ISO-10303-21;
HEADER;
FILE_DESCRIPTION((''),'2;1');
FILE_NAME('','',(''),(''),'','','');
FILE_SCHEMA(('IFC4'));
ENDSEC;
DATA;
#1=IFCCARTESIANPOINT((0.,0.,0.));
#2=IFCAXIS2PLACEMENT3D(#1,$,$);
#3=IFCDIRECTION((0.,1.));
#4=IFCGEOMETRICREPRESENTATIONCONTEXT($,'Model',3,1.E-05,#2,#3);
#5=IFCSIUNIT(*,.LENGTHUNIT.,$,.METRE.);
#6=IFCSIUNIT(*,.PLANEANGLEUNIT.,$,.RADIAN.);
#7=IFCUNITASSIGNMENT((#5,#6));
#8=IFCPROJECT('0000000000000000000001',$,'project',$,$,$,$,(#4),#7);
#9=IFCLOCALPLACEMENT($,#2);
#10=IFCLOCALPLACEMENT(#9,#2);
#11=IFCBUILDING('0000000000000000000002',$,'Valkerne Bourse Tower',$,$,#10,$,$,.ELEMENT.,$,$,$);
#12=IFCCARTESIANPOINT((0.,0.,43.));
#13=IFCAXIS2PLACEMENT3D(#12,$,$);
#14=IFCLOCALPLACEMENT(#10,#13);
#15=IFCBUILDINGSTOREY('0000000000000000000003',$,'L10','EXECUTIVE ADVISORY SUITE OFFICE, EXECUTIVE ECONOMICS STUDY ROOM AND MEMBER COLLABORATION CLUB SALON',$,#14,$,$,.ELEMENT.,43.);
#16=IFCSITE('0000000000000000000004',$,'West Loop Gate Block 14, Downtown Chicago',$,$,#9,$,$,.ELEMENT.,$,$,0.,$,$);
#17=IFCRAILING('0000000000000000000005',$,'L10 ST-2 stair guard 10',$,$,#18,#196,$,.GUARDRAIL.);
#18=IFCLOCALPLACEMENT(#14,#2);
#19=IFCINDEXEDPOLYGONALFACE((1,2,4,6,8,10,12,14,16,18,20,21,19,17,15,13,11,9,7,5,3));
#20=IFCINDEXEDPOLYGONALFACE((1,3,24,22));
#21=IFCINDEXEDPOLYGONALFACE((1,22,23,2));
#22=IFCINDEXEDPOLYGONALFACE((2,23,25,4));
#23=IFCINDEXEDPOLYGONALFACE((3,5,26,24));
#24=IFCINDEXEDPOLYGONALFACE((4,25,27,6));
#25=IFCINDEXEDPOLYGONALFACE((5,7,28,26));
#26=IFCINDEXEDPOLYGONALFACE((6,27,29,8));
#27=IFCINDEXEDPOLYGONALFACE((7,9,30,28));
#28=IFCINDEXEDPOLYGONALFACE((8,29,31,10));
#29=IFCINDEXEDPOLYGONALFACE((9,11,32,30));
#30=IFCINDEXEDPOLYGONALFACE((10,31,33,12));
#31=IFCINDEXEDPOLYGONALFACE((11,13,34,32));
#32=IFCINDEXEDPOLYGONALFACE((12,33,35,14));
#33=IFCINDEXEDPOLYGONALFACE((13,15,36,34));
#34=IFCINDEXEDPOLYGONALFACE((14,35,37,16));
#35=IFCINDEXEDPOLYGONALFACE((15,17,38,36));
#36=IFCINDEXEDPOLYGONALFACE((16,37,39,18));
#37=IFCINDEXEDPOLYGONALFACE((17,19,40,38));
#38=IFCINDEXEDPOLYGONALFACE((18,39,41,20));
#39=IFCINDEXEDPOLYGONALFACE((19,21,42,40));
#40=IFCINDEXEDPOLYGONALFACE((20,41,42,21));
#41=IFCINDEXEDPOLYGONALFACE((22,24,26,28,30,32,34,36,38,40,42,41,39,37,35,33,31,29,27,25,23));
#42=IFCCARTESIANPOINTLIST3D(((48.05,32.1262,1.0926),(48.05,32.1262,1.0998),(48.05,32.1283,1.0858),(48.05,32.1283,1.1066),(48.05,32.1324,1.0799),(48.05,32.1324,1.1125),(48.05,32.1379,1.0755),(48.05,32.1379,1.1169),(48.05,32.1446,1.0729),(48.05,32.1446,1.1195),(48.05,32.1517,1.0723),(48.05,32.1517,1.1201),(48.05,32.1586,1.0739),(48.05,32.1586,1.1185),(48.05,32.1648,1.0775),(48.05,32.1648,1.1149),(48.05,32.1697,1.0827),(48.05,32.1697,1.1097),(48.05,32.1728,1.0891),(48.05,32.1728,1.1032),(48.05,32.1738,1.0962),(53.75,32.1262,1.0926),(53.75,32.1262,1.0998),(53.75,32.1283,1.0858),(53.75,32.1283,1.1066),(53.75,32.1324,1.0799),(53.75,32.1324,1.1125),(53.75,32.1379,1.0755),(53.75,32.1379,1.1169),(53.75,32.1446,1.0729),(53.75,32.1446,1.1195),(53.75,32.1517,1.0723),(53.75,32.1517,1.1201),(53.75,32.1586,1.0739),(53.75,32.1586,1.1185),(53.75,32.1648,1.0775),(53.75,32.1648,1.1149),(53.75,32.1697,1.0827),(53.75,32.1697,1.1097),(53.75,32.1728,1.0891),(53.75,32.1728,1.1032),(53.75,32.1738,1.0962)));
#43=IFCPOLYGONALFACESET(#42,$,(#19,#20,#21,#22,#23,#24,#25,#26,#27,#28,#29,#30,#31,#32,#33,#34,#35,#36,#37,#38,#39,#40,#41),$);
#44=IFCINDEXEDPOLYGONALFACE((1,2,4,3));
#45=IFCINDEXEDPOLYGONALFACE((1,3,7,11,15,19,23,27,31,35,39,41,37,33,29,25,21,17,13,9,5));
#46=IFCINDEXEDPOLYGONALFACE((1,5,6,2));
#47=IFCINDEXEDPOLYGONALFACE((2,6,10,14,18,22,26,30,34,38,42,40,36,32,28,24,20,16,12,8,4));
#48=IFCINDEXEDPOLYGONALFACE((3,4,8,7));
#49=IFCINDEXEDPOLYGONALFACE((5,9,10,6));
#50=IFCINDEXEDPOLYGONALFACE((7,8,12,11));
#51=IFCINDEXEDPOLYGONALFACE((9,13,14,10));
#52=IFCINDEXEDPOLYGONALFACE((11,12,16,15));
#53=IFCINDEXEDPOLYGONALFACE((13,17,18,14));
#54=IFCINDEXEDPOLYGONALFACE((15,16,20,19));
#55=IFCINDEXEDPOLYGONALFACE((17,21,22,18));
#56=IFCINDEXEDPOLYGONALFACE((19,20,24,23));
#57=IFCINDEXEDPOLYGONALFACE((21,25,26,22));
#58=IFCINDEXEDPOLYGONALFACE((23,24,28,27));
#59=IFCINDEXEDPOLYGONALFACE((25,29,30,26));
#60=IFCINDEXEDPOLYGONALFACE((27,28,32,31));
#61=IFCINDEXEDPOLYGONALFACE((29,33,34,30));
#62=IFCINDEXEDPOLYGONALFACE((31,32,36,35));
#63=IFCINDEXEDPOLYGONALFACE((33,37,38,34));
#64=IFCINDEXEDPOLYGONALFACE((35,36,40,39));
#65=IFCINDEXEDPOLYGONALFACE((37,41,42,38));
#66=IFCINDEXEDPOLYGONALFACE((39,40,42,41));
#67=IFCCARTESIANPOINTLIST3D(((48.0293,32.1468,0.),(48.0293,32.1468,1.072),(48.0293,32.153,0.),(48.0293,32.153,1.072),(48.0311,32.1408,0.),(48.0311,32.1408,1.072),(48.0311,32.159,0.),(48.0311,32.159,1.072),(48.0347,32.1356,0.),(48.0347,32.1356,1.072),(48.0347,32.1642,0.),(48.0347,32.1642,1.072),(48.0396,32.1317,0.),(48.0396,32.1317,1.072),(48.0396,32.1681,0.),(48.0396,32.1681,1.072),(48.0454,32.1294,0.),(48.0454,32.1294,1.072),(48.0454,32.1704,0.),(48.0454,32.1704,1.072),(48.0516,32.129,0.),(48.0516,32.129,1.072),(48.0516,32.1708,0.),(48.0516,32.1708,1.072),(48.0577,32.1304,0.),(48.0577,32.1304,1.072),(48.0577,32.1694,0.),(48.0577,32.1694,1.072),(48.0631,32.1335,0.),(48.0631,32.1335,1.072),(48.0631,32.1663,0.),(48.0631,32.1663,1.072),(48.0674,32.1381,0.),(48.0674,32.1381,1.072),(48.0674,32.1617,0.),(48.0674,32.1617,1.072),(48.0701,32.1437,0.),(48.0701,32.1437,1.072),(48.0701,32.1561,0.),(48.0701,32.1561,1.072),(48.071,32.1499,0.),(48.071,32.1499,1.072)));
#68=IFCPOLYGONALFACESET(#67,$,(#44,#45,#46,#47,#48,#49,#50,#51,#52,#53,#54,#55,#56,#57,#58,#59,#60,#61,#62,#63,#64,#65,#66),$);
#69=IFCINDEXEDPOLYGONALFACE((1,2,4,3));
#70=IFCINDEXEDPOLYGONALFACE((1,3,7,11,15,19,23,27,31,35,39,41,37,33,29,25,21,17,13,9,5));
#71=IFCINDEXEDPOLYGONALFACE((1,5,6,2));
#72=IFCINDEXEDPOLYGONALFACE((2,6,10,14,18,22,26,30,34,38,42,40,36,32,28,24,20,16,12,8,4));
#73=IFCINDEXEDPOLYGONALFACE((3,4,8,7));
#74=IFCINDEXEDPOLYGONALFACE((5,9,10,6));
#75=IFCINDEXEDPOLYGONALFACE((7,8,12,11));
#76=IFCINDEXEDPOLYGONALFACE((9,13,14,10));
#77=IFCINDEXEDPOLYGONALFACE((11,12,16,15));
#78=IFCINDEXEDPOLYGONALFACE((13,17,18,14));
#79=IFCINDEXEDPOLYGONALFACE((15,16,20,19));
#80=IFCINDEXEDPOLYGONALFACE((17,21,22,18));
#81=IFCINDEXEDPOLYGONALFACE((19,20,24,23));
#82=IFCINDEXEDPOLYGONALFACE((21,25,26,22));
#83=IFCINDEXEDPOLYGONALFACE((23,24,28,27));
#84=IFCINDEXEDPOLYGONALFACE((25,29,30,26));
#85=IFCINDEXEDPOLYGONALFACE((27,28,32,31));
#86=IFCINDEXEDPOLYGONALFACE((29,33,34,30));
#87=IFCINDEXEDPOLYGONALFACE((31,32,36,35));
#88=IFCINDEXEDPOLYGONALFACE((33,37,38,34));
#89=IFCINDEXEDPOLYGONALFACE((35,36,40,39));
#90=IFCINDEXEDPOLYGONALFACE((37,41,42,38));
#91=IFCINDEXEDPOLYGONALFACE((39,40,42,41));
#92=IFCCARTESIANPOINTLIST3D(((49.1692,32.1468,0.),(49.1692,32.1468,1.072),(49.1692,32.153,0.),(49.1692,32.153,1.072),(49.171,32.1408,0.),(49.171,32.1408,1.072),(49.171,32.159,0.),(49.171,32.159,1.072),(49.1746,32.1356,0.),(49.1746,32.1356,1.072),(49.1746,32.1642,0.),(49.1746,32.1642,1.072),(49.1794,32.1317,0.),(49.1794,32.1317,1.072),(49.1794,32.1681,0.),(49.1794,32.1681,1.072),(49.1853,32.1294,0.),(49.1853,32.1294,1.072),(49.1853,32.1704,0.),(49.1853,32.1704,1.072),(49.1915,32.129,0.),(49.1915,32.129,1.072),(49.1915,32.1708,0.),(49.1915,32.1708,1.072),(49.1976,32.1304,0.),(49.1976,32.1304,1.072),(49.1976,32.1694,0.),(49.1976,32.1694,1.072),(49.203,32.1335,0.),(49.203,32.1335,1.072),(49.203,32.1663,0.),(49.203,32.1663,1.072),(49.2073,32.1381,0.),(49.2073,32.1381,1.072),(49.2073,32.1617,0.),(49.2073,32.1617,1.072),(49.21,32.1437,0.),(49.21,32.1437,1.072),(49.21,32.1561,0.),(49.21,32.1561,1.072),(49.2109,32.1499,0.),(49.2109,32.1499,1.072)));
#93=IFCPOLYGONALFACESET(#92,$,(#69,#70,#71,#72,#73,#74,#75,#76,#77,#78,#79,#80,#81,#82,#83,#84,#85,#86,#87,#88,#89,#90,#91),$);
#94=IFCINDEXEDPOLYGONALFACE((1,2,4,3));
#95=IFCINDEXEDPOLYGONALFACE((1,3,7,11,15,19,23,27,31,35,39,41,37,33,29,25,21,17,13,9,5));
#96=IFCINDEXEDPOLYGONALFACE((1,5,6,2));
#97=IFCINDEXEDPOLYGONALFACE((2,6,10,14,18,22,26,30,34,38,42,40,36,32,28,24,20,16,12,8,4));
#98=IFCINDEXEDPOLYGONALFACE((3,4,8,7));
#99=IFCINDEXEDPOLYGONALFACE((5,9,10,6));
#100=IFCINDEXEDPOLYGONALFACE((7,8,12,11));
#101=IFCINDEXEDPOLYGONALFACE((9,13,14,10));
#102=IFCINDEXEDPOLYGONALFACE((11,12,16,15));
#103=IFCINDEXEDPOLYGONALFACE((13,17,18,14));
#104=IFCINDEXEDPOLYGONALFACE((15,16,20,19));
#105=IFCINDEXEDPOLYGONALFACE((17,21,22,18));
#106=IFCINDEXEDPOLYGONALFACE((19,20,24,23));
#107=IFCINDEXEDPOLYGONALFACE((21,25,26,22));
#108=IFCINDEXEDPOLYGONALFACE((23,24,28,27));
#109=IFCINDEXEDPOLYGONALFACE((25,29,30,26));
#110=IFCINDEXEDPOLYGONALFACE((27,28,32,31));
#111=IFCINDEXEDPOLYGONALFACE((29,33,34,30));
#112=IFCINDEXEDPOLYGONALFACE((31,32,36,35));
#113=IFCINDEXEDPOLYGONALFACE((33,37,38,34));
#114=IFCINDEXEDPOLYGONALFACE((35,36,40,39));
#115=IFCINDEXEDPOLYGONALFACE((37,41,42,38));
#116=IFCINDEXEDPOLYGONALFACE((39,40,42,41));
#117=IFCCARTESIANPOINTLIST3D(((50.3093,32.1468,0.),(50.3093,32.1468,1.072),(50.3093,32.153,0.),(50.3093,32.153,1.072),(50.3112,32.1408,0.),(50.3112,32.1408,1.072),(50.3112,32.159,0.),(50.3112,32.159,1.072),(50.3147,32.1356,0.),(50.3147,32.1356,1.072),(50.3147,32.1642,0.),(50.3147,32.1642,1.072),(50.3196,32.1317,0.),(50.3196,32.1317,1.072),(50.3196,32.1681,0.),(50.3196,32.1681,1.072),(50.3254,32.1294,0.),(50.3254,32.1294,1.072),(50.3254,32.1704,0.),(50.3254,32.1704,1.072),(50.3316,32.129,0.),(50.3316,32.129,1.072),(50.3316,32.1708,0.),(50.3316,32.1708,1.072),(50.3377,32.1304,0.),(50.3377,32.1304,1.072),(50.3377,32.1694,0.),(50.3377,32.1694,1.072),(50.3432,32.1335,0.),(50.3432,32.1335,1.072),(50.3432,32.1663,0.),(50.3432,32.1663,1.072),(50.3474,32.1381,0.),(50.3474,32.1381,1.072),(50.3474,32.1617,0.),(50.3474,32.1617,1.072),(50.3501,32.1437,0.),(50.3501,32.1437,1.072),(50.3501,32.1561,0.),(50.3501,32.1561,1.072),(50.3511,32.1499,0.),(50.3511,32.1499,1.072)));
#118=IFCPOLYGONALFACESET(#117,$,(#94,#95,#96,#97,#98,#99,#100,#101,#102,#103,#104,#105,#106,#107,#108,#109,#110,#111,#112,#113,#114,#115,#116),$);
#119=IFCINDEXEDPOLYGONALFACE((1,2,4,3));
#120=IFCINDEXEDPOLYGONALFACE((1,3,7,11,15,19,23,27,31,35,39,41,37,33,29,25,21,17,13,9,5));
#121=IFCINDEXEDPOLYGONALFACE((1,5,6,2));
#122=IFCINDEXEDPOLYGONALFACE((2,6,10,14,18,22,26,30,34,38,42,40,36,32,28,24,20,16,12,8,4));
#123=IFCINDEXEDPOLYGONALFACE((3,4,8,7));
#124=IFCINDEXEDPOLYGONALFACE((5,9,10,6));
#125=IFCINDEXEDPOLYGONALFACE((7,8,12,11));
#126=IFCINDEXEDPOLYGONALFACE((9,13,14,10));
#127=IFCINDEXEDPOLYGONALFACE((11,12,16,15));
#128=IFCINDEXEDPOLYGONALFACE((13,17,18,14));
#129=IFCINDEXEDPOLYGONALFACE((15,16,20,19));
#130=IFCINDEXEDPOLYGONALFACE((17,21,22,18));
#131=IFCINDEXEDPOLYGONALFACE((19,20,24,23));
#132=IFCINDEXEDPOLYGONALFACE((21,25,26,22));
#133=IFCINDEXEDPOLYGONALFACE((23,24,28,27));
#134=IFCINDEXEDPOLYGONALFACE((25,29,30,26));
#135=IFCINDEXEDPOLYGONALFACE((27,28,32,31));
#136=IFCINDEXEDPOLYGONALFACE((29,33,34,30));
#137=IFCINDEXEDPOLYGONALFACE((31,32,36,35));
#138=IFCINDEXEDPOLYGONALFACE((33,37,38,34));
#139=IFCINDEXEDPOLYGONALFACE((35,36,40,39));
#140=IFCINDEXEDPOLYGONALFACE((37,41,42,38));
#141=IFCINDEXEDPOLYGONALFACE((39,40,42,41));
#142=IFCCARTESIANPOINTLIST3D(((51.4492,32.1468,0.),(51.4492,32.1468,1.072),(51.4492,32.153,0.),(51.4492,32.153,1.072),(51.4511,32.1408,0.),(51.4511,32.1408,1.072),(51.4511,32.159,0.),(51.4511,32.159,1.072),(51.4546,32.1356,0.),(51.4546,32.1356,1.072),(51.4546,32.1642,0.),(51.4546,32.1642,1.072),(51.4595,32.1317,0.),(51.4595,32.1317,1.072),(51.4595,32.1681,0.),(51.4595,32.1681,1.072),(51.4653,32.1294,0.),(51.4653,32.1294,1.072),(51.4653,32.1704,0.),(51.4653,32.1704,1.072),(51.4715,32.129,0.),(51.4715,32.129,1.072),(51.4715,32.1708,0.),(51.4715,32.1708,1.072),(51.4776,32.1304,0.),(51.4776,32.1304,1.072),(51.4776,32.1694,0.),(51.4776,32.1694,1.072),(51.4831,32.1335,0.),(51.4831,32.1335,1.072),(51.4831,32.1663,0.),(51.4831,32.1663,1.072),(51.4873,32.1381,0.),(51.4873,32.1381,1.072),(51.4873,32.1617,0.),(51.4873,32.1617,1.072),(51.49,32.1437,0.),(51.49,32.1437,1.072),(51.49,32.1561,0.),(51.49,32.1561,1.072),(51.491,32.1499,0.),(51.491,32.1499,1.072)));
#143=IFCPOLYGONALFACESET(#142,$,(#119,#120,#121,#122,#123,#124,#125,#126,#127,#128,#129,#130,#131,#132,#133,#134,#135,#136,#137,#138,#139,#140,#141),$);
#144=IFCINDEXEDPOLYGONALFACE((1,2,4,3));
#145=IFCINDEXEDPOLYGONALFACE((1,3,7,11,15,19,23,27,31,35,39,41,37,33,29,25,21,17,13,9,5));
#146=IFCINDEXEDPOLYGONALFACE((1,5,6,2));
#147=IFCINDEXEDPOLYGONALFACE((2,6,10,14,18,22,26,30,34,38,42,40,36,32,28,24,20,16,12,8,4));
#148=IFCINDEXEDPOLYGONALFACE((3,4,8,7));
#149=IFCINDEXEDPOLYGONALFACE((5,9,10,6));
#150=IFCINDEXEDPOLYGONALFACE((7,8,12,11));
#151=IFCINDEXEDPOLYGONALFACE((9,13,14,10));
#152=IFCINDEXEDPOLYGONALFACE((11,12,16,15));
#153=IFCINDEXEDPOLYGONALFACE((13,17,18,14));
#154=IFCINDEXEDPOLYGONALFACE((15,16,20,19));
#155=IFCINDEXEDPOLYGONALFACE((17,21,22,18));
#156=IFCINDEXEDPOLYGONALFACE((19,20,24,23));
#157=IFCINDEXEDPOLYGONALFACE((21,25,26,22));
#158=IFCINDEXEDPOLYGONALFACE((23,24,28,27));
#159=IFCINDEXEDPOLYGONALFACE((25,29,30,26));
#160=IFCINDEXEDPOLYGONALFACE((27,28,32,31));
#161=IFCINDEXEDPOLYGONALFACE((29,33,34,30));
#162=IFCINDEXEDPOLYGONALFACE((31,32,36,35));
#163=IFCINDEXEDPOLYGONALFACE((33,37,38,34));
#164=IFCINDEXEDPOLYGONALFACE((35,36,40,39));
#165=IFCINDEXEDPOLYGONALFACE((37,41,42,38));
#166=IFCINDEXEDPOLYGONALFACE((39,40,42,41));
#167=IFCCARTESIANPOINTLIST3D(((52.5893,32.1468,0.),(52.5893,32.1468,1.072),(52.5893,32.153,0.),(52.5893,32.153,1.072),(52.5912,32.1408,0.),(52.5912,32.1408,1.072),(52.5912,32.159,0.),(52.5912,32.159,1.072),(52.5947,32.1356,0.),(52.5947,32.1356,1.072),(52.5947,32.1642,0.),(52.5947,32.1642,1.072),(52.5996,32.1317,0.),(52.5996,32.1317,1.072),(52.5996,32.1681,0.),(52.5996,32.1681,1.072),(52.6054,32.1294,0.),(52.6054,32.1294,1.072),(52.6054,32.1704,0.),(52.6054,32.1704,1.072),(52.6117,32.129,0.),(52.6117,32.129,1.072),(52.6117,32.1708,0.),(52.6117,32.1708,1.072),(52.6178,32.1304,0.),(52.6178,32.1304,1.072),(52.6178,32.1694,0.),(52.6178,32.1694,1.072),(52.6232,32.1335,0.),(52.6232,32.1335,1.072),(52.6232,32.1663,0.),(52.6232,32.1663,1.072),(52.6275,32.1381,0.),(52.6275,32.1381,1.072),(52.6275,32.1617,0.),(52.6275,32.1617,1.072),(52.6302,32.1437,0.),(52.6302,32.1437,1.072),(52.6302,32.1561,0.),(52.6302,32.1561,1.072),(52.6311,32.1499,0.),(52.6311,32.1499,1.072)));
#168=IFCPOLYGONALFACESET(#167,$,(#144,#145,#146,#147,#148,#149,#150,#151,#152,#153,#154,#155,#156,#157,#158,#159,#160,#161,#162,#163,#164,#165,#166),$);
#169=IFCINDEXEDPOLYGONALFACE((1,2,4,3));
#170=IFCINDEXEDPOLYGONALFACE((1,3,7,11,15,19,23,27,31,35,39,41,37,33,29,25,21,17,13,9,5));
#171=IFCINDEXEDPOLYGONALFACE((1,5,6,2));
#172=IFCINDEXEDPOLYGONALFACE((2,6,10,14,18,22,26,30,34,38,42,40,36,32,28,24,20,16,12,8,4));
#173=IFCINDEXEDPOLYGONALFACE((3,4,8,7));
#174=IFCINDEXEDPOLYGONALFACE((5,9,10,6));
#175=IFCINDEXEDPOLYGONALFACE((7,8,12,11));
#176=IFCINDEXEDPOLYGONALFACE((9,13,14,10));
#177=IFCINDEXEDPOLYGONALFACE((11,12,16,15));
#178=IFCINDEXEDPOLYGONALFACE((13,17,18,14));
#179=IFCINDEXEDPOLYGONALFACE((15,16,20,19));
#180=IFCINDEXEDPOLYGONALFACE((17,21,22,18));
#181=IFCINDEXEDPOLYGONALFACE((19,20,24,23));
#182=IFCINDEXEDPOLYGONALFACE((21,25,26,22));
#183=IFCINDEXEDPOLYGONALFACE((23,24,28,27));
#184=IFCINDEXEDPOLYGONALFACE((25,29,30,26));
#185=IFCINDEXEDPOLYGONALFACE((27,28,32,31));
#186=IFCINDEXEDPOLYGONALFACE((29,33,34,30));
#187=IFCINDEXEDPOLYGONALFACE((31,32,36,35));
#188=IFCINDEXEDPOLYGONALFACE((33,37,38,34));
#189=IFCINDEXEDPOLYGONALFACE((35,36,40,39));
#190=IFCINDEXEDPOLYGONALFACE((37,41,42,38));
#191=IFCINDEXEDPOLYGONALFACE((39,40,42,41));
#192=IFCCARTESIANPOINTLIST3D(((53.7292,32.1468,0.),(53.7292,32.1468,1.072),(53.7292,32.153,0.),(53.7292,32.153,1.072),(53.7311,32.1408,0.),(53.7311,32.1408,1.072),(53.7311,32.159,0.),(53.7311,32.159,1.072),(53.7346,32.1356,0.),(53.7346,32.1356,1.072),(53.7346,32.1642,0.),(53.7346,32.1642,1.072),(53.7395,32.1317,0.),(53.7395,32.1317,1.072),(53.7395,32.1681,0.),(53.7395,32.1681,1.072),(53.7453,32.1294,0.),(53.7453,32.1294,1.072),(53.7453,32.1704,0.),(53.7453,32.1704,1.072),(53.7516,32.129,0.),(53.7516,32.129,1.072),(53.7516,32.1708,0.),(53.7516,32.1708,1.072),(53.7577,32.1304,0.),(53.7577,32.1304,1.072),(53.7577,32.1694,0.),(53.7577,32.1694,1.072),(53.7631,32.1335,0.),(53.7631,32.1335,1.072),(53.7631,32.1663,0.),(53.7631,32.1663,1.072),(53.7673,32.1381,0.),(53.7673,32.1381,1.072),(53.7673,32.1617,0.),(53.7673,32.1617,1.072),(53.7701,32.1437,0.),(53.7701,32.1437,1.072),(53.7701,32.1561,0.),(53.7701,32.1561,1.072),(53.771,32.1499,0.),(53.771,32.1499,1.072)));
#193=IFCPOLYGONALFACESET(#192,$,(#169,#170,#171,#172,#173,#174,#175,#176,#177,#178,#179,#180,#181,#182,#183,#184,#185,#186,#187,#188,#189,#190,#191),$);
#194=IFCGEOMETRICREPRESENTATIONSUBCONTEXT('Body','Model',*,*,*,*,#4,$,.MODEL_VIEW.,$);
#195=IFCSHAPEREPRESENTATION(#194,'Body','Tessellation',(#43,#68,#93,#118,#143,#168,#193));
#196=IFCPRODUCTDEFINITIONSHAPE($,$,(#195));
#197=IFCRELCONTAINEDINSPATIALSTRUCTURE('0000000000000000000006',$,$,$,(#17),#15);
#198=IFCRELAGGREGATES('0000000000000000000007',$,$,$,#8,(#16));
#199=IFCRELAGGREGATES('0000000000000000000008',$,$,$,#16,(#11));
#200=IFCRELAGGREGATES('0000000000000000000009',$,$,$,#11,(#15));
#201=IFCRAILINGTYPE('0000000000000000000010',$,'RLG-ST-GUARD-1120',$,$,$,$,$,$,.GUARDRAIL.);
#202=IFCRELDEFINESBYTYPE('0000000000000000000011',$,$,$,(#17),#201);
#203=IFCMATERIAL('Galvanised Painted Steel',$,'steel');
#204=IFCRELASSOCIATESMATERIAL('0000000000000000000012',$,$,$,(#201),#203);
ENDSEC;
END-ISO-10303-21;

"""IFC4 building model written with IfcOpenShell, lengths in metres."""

from ifc_helpers import new_model, si_unit, direction, frame, origin, origin_2d, place, context, subcontext, project, spatial, circle, extrude, material, type_object, element, save


model = new_model("IFC4")

# Units and contexts
model_context = context("Model", 3, precision=1e-05, world=origin(), true_north=direction((0.0, 1.0)))
body_context = subcontext(model_context, "Body", "Model", "MODEL_VIEW")
ifc_project = project(units=[si_unit("LENGTHUNIT", "METRE"), si_unit("PLANEANGLEUNIT", "RADIAN")], contexts=[model_context])

# Site, building, storey
site_placement = place(None, origin())
site = spatial("IfcSite", under=ifc_project, at=site_placement, Name="West Loop Gate Block 14, Downtown Chicago", CompositionType="ELEMENT", RefElevation=0.0)
building_placement = place(site_placement, origin())
building = spatial("IfcBuilding", under=site, at=building_placement, Name="Valkerne Bourse Tower", CompositionType="ELEMENT")
storey_placement = place(building_placement, frame((0.0, 0.0, 43.0)))
storey = spatial("IfcBuildingStorey", under=building, at=storey_placement, Name="L10", Description="EXECUTIVE ADVISORY SUITE OFFICE, EXECUTIVE ECONOMICS STUDY ROOM AND MEMBER COLLABORATION CLUB SALON", CompositionType="ELEMENT", Elevation=43.0)

# Shared definitions
ifc_material_1 = material(Name="Galvanised Painted Steel", Category="steel")

# Railing
railing_type_1 = type_object("IfcRailingType", Name="RLG-ST-GUARD-1120", PredefinedType="GUARDRAIL", material=ifc_material_1)
for number, where, name in (
    (1, (48.05, 32.1499, 0.0), "L10 ST-2 stair guard 10"),
):
    element("IfcRailing", number, at=place(storey_placement, frame(where)), inside=storey, type_object=railing_type_1, Name=name, PredefinedType="GUARDRAIL", context=body_context, shape_type="SweptSolid", body=[
        extrude(circle(Radius=0.0239, at=origin_2d()), frame((0.0, 0.0, 1.0962), z_axis=(1.0, 0.0, 0.0), x_axis=(0.0, 1.0, 0.0)), (0.0, 0.0, 1.0), 5.7),
        extrude(circle(Radius=0.021, at=origin_2d()), origin(), (0.0, 0.0, 1.0), 1.072),
        extrude(circle(Radius=0.021, at=origin_2d()), frame((1.1399, 0.0, 0.0)), (0.0, 0.0, 1.0), 1.072),
        extrude(circle(Radius=0.021, at=origin_2d()), frame((2.28, 0.0, 0.0)), (0.0, 0.0, 1.0), 1.072),
        extrude(circle(Radius=0.021, at=origin_2d()), frame((3.4199, 0.0, 0.0)), (0.0, 0.0, 1.0), 1.072),
        extrude(circle(Radius=0.021, at=origin_2d()), frame((4.5601, 0.0, 0.0)), (0.0, 0.0, 1.0), 1.072),
        extrude(circle(Radius=0.021, at=origin_2d()), frame((5.7, 0.0, 0.0)), (0.0, 0.0, 1.0), 1.072),
    ])

save(model, "model.ifc")
